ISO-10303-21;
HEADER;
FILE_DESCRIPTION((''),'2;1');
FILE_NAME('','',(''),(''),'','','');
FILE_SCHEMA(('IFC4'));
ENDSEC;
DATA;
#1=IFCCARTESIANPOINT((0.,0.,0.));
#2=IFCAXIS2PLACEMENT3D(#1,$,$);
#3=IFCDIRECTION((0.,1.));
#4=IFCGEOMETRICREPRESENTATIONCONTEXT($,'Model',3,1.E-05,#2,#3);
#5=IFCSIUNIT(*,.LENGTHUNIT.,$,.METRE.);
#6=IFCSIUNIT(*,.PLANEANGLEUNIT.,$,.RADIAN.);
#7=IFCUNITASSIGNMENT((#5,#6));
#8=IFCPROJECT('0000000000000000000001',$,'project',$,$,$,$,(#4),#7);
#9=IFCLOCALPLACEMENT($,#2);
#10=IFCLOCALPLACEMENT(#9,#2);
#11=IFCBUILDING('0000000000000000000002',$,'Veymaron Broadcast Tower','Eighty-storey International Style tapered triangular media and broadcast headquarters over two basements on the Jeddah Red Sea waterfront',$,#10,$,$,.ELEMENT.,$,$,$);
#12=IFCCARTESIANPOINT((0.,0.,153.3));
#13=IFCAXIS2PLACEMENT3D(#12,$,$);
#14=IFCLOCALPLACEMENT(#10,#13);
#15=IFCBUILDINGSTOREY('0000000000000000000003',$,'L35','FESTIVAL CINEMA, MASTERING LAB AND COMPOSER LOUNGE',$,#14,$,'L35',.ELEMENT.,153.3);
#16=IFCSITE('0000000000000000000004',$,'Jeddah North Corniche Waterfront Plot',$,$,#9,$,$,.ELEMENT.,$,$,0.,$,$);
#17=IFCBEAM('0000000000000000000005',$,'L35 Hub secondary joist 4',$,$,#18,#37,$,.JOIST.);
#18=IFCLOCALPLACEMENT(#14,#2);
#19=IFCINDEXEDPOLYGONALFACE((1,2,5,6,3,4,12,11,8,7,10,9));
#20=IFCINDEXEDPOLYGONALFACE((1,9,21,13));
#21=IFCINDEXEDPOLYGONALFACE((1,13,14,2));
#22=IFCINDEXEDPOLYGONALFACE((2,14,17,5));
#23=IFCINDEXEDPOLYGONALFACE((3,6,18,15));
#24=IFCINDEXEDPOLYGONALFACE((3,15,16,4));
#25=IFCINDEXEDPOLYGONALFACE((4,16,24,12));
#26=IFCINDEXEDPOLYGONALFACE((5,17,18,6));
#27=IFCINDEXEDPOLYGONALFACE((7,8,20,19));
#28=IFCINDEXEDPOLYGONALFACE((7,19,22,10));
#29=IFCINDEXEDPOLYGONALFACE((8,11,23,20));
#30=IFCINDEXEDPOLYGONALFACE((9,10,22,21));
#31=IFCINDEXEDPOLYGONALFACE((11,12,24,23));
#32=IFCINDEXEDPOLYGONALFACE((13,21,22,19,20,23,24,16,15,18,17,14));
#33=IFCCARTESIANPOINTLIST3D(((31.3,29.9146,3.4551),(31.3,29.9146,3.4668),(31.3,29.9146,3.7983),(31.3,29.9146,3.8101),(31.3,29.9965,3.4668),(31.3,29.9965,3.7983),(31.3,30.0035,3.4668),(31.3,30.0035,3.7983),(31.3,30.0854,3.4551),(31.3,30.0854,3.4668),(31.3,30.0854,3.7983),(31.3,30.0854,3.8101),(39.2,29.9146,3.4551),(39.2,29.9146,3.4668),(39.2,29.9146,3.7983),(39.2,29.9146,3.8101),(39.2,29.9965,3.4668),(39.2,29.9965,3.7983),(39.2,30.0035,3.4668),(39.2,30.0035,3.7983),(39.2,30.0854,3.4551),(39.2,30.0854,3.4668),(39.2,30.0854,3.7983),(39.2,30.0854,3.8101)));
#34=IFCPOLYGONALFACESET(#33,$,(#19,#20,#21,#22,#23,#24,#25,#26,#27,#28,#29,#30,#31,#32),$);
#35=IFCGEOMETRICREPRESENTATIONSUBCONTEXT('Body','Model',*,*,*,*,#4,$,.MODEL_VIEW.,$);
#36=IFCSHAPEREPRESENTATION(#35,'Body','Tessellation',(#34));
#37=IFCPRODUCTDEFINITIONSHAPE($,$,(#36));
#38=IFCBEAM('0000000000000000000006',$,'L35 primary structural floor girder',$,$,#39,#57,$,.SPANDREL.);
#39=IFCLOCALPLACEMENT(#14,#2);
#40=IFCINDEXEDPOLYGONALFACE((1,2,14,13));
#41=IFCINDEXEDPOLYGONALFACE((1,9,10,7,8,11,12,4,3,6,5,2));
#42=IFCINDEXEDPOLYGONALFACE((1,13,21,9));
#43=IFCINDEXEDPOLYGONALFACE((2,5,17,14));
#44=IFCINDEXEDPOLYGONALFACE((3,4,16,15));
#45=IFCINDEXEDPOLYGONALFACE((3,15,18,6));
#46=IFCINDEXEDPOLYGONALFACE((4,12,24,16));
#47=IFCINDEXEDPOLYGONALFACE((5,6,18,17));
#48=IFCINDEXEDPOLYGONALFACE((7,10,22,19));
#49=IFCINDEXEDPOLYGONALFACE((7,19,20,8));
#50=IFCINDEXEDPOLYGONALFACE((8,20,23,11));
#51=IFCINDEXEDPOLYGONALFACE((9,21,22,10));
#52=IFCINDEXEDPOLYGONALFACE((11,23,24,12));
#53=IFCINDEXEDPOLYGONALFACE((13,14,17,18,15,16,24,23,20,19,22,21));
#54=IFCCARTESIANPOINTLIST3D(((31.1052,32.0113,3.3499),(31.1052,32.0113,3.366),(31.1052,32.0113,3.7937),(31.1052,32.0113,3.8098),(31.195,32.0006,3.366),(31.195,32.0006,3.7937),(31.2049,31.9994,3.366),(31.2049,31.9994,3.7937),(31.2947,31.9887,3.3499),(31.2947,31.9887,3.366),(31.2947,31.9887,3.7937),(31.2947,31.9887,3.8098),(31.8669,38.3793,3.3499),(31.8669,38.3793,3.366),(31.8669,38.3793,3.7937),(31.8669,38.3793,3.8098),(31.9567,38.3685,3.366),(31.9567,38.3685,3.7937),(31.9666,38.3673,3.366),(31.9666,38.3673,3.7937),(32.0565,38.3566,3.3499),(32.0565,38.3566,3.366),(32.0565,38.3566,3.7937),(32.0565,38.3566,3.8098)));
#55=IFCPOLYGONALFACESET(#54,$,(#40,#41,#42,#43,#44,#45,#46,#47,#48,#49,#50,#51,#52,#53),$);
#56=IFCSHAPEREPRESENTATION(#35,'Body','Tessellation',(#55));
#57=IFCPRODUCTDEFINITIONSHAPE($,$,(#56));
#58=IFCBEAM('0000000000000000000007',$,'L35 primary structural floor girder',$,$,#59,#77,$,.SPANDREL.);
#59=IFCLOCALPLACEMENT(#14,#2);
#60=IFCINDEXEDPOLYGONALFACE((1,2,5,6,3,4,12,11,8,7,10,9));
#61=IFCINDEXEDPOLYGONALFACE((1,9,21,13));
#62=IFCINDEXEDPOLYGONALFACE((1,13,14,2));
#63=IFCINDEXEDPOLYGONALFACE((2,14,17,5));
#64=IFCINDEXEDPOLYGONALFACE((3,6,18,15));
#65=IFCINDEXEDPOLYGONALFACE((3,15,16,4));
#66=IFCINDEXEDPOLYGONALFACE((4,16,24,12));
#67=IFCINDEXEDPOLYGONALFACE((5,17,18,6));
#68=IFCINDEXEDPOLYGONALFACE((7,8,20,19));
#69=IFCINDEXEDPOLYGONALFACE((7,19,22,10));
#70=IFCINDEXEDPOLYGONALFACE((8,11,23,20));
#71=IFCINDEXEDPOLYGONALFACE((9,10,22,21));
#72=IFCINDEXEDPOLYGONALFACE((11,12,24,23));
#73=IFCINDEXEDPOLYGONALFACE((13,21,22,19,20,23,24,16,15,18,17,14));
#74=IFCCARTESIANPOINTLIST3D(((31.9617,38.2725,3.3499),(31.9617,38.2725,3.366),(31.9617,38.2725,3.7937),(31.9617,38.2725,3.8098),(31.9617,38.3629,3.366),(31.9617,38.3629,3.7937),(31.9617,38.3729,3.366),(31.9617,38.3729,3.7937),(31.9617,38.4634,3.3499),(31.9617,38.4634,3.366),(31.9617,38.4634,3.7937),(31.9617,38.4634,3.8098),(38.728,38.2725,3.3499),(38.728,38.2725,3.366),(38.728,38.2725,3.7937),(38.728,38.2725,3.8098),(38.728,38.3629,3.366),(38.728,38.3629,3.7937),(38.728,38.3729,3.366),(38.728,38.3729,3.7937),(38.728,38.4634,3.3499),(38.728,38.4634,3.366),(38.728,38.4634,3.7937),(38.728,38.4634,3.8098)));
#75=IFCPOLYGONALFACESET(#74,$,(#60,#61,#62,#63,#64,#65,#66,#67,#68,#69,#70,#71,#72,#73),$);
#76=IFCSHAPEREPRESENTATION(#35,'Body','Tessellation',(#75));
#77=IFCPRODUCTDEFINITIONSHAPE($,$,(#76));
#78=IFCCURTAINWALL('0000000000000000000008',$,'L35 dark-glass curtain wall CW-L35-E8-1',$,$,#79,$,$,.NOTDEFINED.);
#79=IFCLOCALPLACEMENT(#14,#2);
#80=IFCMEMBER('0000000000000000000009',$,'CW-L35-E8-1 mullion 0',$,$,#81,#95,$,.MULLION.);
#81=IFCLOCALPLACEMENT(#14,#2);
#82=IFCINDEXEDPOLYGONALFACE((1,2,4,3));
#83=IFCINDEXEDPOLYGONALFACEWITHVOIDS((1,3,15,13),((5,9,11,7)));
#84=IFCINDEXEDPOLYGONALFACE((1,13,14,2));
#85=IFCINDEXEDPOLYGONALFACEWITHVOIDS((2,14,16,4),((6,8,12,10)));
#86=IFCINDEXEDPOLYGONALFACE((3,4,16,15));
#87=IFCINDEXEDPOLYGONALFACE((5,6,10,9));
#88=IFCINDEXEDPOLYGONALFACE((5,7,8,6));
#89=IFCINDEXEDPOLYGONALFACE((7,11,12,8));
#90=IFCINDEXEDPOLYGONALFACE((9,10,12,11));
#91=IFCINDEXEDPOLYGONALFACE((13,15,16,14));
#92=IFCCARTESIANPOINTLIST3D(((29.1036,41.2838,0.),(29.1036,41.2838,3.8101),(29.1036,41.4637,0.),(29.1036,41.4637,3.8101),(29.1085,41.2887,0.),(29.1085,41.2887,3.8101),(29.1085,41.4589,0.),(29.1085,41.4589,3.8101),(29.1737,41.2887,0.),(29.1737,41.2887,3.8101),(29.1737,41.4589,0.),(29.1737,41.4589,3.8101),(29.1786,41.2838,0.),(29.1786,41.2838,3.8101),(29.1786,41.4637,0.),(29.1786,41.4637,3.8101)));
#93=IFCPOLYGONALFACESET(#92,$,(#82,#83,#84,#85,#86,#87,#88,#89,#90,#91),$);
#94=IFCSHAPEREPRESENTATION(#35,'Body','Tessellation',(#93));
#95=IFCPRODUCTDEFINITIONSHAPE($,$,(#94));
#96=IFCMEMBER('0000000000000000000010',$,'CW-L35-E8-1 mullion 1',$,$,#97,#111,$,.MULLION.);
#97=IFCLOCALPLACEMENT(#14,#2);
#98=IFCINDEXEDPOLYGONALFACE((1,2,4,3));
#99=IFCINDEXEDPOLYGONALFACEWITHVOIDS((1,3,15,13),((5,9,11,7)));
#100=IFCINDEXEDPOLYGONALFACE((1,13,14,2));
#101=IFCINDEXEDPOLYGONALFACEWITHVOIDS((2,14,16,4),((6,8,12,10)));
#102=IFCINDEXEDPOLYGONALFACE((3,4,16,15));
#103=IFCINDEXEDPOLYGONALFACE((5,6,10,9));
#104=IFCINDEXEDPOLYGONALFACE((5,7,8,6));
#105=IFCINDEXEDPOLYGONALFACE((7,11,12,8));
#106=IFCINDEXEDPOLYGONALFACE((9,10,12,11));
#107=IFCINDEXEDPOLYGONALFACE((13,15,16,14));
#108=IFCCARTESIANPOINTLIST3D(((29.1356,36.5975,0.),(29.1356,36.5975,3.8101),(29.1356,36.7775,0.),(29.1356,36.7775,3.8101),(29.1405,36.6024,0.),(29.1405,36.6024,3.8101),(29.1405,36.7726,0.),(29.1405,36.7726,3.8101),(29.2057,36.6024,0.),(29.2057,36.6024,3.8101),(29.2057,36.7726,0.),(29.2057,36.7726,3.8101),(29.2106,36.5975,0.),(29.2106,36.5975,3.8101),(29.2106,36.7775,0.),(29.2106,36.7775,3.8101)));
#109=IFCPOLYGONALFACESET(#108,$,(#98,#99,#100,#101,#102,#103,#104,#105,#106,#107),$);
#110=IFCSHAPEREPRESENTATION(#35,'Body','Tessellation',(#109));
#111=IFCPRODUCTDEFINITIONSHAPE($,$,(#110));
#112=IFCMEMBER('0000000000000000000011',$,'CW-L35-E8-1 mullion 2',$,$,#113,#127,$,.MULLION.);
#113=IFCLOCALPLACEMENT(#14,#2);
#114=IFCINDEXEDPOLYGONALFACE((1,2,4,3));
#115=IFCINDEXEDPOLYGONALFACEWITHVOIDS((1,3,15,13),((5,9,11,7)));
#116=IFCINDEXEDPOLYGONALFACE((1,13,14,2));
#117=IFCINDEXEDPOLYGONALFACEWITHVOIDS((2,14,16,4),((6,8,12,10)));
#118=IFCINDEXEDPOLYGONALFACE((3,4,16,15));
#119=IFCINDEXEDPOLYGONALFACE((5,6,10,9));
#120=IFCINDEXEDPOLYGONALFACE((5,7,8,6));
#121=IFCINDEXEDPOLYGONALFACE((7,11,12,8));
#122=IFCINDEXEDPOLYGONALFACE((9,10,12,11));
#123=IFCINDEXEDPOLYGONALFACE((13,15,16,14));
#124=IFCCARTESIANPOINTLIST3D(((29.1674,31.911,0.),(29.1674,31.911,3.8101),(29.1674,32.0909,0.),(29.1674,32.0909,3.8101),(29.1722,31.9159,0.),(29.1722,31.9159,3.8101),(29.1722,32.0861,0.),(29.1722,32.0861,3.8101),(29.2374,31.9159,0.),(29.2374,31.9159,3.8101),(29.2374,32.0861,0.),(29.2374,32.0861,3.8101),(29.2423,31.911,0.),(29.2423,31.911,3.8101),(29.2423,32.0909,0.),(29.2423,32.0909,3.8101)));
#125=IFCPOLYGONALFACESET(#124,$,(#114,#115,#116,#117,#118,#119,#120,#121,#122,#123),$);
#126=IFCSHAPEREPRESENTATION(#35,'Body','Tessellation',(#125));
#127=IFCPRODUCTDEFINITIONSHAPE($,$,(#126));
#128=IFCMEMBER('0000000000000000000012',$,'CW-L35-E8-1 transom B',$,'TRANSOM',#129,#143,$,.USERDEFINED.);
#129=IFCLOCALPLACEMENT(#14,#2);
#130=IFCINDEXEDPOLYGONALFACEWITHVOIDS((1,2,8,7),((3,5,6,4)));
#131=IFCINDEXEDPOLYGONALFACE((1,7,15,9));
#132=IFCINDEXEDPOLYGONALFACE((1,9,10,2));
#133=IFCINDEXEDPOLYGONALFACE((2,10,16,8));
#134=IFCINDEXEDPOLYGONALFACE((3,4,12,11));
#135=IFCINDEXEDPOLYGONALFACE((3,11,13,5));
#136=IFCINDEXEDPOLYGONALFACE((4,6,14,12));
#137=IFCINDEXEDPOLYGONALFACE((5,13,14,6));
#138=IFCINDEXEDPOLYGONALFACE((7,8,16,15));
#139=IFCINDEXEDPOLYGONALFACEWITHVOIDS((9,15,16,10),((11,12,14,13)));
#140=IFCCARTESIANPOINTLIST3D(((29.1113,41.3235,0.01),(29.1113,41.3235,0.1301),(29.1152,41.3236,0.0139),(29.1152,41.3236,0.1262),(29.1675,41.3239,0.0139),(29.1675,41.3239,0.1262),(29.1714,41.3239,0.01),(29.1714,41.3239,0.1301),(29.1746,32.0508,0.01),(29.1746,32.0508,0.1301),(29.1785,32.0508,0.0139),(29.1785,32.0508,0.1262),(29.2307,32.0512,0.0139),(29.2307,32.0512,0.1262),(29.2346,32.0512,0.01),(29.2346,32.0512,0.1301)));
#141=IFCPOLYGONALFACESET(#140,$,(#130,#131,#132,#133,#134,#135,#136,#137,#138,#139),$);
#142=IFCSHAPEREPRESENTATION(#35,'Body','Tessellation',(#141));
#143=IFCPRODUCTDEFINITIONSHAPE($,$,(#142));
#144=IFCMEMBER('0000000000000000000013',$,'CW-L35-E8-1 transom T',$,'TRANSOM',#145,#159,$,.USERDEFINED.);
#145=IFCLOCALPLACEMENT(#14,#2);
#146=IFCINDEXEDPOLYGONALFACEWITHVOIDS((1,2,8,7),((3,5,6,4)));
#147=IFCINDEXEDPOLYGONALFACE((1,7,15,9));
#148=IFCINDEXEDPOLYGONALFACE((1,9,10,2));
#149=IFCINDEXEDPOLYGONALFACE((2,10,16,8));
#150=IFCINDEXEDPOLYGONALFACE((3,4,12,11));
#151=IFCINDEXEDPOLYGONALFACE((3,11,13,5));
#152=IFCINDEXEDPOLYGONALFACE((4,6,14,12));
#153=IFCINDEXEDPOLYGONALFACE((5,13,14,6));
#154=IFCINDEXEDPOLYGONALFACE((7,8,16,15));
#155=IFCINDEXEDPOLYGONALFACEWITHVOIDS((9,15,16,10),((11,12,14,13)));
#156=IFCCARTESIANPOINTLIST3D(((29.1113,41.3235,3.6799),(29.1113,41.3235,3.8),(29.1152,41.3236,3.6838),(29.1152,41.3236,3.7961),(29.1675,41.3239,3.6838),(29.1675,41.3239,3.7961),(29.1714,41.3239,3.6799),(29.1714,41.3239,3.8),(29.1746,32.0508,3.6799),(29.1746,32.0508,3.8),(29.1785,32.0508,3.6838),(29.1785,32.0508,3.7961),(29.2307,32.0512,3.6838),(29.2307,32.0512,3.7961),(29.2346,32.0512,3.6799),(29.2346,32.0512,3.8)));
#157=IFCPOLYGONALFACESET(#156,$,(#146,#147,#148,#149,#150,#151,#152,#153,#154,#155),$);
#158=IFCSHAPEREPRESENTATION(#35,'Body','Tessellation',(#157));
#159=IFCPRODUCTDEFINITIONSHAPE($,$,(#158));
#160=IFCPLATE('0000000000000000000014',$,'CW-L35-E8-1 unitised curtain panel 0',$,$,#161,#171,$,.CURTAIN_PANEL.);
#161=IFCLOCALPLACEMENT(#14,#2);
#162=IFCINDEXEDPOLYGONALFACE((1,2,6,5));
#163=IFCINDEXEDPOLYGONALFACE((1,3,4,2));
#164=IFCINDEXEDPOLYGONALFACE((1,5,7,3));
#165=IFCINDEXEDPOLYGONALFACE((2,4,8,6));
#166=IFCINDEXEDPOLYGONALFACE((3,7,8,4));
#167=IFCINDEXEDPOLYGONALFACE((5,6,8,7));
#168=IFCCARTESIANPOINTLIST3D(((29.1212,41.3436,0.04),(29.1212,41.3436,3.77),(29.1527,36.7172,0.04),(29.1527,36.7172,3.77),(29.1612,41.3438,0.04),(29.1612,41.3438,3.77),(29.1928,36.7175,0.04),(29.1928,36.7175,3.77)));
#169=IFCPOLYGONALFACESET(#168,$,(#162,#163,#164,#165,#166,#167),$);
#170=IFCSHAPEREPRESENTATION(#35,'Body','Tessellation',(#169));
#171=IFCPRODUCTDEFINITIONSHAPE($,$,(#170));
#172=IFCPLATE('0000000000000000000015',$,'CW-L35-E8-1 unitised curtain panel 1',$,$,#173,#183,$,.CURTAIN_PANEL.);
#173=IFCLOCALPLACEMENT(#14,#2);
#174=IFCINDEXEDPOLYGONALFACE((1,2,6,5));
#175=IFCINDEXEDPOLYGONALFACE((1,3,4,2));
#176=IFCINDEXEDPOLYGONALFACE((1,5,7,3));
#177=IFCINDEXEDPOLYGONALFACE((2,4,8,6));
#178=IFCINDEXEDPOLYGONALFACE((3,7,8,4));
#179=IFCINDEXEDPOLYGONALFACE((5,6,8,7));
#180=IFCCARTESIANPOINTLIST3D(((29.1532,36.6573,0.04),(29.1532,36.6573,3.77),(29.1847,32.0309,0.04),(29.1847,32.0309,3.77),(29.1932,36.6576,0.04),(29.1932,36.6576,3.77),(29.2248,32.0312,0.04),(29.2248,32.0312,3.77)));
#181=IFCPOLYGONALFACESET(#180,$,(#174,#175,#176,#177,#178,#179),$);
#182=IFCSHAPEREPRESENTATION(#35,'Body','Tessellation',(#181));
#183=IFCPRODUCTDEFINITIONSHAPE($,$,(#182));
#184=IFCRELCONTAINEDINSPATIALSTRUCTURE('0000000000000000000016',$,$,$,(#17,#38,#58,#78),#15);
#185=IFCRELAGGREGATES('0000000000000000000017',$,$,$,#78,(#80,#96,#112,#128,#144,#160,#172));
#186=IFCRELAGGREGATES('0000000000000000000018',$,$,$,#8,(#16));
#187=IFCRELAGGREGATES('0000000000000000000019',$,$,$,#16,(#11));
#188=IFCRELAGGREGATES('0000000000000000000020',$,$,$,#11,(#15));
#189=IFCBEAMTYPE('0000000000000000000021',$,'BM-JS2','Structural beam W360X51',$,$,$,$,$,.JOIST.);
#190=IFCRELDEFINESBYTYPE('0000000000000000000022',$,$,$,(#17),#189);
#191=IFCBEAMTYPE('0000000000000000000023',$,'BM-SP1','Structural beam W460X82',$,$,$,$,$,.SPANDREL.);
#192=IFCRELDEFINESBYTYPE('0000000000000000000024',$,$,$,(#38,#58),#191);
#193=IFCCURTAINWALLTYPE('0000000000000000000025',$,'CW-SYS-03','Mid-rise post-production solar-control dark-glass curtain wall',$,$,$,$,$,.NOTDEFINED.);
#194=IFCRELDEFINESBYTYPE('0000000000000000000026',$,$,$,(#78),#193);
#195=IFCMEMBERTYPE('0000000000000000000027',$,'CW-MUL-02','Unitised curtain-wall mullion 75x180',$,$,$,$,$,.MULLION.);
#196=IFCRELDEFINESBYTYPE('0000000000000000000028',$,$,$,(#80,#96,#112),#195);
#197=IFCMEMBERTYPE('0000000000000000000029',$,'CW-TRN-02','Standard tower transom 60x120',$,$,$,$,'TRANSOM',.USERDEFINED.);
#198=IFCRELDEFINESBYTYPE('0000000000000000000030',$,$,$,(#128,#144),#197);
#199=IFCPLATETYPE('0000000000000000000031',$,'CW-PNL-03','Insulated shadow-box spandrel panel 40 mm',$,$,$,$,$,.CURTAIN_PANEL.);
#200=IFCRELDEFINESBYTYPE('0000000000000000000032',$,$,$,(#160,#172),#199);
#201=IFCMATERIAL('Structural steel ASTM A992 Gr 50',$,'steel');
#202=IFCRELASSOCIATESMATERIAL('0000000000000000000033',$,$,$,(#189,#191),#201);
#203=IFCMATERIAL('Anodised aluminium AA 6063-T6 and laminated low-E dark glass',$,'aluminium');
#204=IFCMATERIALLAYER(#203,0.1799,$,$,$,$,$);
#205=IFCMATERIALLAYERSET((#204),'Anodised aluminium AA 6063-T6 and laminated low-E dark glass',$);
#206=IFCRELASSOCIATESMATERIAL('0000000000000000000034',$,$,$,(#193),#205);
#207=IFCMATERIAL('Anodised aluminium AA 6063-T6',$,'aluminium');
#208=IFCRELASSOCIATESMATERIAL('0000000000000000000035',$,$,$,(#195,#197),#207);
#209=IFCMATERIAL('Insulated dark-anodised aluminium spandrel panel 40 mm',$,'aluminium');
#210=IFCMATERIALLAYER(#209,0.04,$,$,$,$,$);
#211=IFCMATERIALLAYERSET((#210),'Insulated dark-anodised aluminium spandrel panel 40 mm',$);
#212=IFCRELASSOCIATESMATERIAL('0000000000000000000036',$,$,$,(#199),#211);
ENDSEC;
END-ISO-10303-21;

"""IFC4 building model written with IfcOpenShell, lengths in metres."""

from ifc_helpers import new_model, si_unit, direction, frame, origin, origin_2d, place, context, subcontext, project, spatial, rectangle, hollow_rectangle, i_section, extrude, material, layer, layer_set, material_profile, profile_set, type_object, element, aggregate, save


model = new_model("IFC4")

# Units and contexts
model_context = context("Model", 3, precision=1e-05, world=origin(), true_north=direction((0.0, 1.0)))
body_context = subcontext(model_context, "Body", "Model", "MODEL_VIEW")
ifc_project = project(units=[si_unit("LENGTHUNIT", "METRE"), si_unit("PLANEANGLEUNIT", "RADIAN")], contexts=[model_context])

# Site, building, storey
site_placement = place(None, origin())
site = spatial("IfcSite", under=ifc_project, at=site_placement, Name="Jeddah North Corniche Waterfront Plot", CompositionType="ELEMENT", RefElevation=0.0)
building_placement = place(site_placement, origin())
building = spatial("IfcBuilding", under=site, at=building_placement, Name="Veymaron Broadcast Tower", Description="Eighty-storey International Style tapered triangular media and broadcast headquarters over two basements on the Jeddah Red Sea waterfront", CompositionType="ELEMENT")
storey_placement = place(building_placement, frame((0.0, 0.0, 153.3)))
storey = spatial("IfcBuildingStorey", under=building, at=storey_placement, Name="L35", Description="FESTIVAL CINEMA, MASTERING LAB AND COMPOSER LOUNGE", LongName="L35", CompositionType="ELEMENT", Elevation=153.3)

# Shared definitions
ifc_material_1 = material(Name="Structural steel ASTM A992 Gr 50", Category="steel")

# Beams
ifc_material_profile_1 = material_profile(ifc_material_1, i_section(OverallWidth=0.1709, OverallDepth=0.355, WebThickness=0.0071, FlangeThickness=0.0117, at=origin_2d()), Name="W360X51")
ifc_profile_set_1 = profile_set([ifc_material_profile_1], Name="Structural steel ASTM A992 Gr 50")
beam_type_1 = type_object("IfcBeamType", Name="BM-JS2", Description="Structural beam W360X51", PredefinedType="JOIST", material=ifc_profile_set_1)
for number, where, z_axis, x_axis, name in (
    (1, (31.3, 30.0, 3.6326), (1.0, 0.0, 0.0), (0.0, 1.0, 0.0), "L35 Hub secondary joist 4"),
):
    element("IfcBeam", number, at=place(storey_placement, frame(where, z_axis=z_axis, x_axis=x_axis)), inside=storey, type_object=beam_type_1, Name=name, PredefinedType="JOIST", context=body_context, shape_type="SweptSolid", body=[
        extrude(i_section(OverallWidth=0.1709, OverallDepth=0.355, WebThickness=0.0071, FlangeThickness=0.0117, at=origin_2d()), origin(), (0.0, 0.0, 1.0), 7.8999),
    ])
ifc_material_profile_2 = material_profile(ifc_material_1, i_section(OverallWidth=0.1909, OverallDepth=0.46, WebThickness=0.01, FlangeThickness=0.0161, at=origin_2d()), Name="W460X82")
ifc_profile_set_2 = profile_set([ifc_material_profile_2], Name="Structural steel ASTM A992 Gr 50")
beam_type_2 = type_object("IfcBeamType", Name="BM-SP1", Description="Structural beam W460X82", PredefinedType="SPANDREL", material=ifc_profile_set_2)
beam_1_placement = place(storey_placement, frame((31.2, 32.0, 3.5798), z_axis=(0.118771, 0.992922, 0.0), x_axis=(-0.992922, 0.118771, 0.0)))
element("IfcBeam", 2, at=beam_1_placement, inside=storey, type_object=beam_type_2, Name="L35 primary structural floor girder", PredefinedType="SPANDREL", context=body_context, shape_type="SweptSolid", body=[
    extrude(i_section(OverallWidth=0.1909, OverallDepth=0.46, WebThickness=0.01, FlangeThickness=0.0161, at=origin_2d()), origin(), (0.0, 0.0, 1.0), 6.4133),
])
beam_2_placement = place(storey_placement, frame((31.9617, 38.3679, 3.5798), z_axis=(1.0, 0.0, 0.0), x_axis=(0.0, 1.0, 0.0)))
element("IfcBeam", 3, at=beam_2_placement, inside=storey, type_object=beam_type_2, Name="L35 primary structural floor girder", PredefinedType="SPANDREL", context=body_context, shape_type="SweptSolid", body=[
    extrude(i_section(OverallWidth=0.1909, OverallDepth=0.46, WebThickness=0.01, FlangeThickness=0.0161, at=origin_2d()), origin(), (0.0, 0.0, 1.0), 6.7664),
])

# Curtain wall, members, plates
ifc_material_2 = material(Name="Anodised aluminium AA 6063-T6 and laminated low-E dark glass", Category="aluminium")
ifc_layer_1 = layer(ifc_material_2, 0.1799)
ifc_layer_set_1 = layer_set([ifc_layer_1], Name="Anodised aluminium AA 6063-T6 and laminated low-E dark glass")
curtain_wall_type = type_object("IfcCurtainWallType", Name="CW-SYS-03", Description="Mid-rise post-production solar-control dark-glass curtain wall", PredefinedType="NOTDEFINED", material=ifc_layer_set_1)
curtain_wall_placement = place(storey_placement, origin())
curtain_wall = element("IfcCurtainWall", 4, at=curtain_wall_placement, inside=storey, type_object=curtain_wall_type, Name="L35 dark-glass curtain wall CW-L35-E8-1", PredefinedType="NOTDEFINED")
ifc_material_3 = material(Name="Anodised aluminium AA 6063-T6", Category="aluminium")
ifc_material_profile_3 = material_profile(ifc_material_3, hollow_rectangle(XDim=0.075, YDim=0.1799, WallThickness=0.0049, at=origin_2d()), Name="AL180X75X5")
ifc_profile_set_3 = profile_set([ifc_material_profile_3], Name="Anodised aluminium AA 6063-T6")
member_type_1 = type_object("IfcMemberType", Name="CW-MUL-02", Description="Unitised curtain-wall mullion 75x180", PredefinedType="MULLION", material=ifc_profile_set_3)
member_1_placement = place(storey_placement, frame((29.1411, 41.3738, 0.0), z_axis=(0.0, 0.0, 1.0), x_axis=(1.0, 0.0, 0.0)))
member_1 = element("IfcMember", 5, at=member_1_placement, type_object=member_type_1, Name="CW-L35-E8-1 mullion 0", PredefinedType="MULLION", context=body_context, shape_type="SweptSolid", body=[
    extrude(hollow_rectangle(XDim=0.075, YDim=0.1799, WallThickness=0.0049, at=origin_2d()), origin(), (0.0, 0.0, 1.0), 3.8101),
])
member_2_placement = place(storey_placement, frame((29.1731, 36.6875, 0.0), z_axis=(0.0, 0.0, 1.0), x_axis=(1.0, 0.0, 0.0)))
member_2 = element("IfcMember", 6, at=member_2_placement, type_object=member_type_1, Name="CW-L35-E8-1 mullion 1", PredefinedType="MULLION", context=body_context, shape_type="SweptSolid", body=[
    extrude(hollow_rectangle(XDim=0.075, YDim=0.1799, WallThickness=0.0049, at=origin_2d()), origin(), (0.0, 0.0, 1.0), 3.8101),
])
member_3_placement = place(storey_placement, frame((29.2048, 32.001, 0.0), z_axis=(0.0, 0.0, 1.0), x_axis=(1.0, 0.0, 0.0)))
member_3 = element("IfcMember", 7, at=member_3_placement, type_object=member_type_1, Name="CW-L35-E8-1 mullion 2", PredefinedType="MULLION", context=body_context, shape_type="SweptSolid", body=[
    extrude(hollow_rectangle(XDim=0.075, YDim=0.1799, WallThickness=0.0049, at=origin_2d()), origin(), (0.0, 0.0, 1.0), 3.8101),
])
ifc_material_profile_4 = material_profile(ifc_material_3, hollow_rectangle(XDim=0.0601, YDim=0.1201, WallThickness=0.0039, at=origin_2d()), Name="AL120X60X4")
ifc_profile_set_4 = profile_set([ifc_material_profile_4], Name="Anodised aluminium AA 6063-T6")
member_type_2 = type_object("IfcMemberType", Name="CW-TRN-02", Description="Standard tower transom 60x120", ElementType="TRANSOM", PredefinedType="USERDEFINED", material=ifc_profile_set_4)
member_4_placement = place(storey_placement, frame((29.1414, 41.3237, 0.0701), z_axis=(0.006819, -0.999977, 0.0), x_axis=(0.999977, 0.006819, 0.0)))
member_4 = element("IfcMember", 8, at=member_4_placement, type_object=member_type_2, Name="CW-L35-E8-1 transom B", ObjectType="TRANSOM", PredefinedType="USERDEFINED", context=body_context, shape_type="SweptSolid", body=[
    extrude(hollow_rectangle(XDim=0.0601, YDim=0.1201, WallThickness=0.0039, at=origin_2d()), origin(), (0.0, 0.0, 1.0), 9.2729),
])
member_5_placement = place(storey_placement, frame((29.1414, 41.3237, 3.74), z_axis=(0.006819, -0.999977, 0.0), x_axis=(0.999977, 0.006819, 0.0)))
member_5 = element("IfcMember", 9, at=member_5_placement, type_object=member_type_2, Name="CW-L35-E8-1 transom T", ObjectType="TRANSOM", PredefinedType="USERDEFINED", context=body_context, shape_type="SweptSolid", body=[
    extrude(hollow_rectangle(XDim=0.0601, YDim=0.1201, WallThickness=0.0039, at=origin_2d()), origin(), (0.0, 0.0, 1.0), 9.2729),
])
ifc_material_4 = material(Name="Insulated dark-anodised aluminium spandrel panel 40 mm", Category="aluminium")
ifc_layer_2 = layer(ifc_material_4, 0.04)
ifc_layer_set_2 = layer_set([ifc_layer_2], Name="Insulated dark-anodised aluminium spandrel panel 40 mm")
plate_type = type_object("IfcPlateType", Name="CW-PNL-03", Description="Insulated shadow-box spandrel panel 40 mm", PredefinedType="CURTAIN_PANEL", material=ifc_layer_set_2)
plate_1_placement = place(storey_placement, frame((29.157, 39.0305, 0.04), z_axis=(0.0, 0.0, 1.0), x_axis=(0.006824, -0.999977, 0.0)))
plate_1 = element("IfcPlate", 10, at=plate_1_placement, type_object=plate_type, Name="CW-L35-E8-1 unitised curtain panel 0", PredefinedType="CURTAIN_PANEL", context=body_context, shape_type="SweptSolid", body=[
    extrude(rectangle(XDim=4.6265, YDim=0.04, at=origin_2d()), origin(), (0.0, 0.0, 1.0), 3.73),
])
plate_2_placement = place(storey_placement, frame((29.189, 34.3442, 0.04), z_axis=(0.0, 0.0, 1.0), x_axis=(0.006824, -0.999977, 0.0)))
plate_2 = element("IfcPlate", 11, at=plate_2_placement, type_object=plate_type, Name="CW-L35-E8-1 unitised curtain panel 1", PredefinedType="CURTAIN_PANEL", context=body_context, shape_type="SweptSolid", body=[
    extrude(rectangle(XDim=4.6265, YDim=0.04, at=origin_2d()), origin(), (0.0, 0.0, 1.0), 3.73),
])
aggregate(curtain_wall, [member_1, member_2, member_3, member_4, member_5, plate_1, plate_2])

save(model, "model.ifc")
